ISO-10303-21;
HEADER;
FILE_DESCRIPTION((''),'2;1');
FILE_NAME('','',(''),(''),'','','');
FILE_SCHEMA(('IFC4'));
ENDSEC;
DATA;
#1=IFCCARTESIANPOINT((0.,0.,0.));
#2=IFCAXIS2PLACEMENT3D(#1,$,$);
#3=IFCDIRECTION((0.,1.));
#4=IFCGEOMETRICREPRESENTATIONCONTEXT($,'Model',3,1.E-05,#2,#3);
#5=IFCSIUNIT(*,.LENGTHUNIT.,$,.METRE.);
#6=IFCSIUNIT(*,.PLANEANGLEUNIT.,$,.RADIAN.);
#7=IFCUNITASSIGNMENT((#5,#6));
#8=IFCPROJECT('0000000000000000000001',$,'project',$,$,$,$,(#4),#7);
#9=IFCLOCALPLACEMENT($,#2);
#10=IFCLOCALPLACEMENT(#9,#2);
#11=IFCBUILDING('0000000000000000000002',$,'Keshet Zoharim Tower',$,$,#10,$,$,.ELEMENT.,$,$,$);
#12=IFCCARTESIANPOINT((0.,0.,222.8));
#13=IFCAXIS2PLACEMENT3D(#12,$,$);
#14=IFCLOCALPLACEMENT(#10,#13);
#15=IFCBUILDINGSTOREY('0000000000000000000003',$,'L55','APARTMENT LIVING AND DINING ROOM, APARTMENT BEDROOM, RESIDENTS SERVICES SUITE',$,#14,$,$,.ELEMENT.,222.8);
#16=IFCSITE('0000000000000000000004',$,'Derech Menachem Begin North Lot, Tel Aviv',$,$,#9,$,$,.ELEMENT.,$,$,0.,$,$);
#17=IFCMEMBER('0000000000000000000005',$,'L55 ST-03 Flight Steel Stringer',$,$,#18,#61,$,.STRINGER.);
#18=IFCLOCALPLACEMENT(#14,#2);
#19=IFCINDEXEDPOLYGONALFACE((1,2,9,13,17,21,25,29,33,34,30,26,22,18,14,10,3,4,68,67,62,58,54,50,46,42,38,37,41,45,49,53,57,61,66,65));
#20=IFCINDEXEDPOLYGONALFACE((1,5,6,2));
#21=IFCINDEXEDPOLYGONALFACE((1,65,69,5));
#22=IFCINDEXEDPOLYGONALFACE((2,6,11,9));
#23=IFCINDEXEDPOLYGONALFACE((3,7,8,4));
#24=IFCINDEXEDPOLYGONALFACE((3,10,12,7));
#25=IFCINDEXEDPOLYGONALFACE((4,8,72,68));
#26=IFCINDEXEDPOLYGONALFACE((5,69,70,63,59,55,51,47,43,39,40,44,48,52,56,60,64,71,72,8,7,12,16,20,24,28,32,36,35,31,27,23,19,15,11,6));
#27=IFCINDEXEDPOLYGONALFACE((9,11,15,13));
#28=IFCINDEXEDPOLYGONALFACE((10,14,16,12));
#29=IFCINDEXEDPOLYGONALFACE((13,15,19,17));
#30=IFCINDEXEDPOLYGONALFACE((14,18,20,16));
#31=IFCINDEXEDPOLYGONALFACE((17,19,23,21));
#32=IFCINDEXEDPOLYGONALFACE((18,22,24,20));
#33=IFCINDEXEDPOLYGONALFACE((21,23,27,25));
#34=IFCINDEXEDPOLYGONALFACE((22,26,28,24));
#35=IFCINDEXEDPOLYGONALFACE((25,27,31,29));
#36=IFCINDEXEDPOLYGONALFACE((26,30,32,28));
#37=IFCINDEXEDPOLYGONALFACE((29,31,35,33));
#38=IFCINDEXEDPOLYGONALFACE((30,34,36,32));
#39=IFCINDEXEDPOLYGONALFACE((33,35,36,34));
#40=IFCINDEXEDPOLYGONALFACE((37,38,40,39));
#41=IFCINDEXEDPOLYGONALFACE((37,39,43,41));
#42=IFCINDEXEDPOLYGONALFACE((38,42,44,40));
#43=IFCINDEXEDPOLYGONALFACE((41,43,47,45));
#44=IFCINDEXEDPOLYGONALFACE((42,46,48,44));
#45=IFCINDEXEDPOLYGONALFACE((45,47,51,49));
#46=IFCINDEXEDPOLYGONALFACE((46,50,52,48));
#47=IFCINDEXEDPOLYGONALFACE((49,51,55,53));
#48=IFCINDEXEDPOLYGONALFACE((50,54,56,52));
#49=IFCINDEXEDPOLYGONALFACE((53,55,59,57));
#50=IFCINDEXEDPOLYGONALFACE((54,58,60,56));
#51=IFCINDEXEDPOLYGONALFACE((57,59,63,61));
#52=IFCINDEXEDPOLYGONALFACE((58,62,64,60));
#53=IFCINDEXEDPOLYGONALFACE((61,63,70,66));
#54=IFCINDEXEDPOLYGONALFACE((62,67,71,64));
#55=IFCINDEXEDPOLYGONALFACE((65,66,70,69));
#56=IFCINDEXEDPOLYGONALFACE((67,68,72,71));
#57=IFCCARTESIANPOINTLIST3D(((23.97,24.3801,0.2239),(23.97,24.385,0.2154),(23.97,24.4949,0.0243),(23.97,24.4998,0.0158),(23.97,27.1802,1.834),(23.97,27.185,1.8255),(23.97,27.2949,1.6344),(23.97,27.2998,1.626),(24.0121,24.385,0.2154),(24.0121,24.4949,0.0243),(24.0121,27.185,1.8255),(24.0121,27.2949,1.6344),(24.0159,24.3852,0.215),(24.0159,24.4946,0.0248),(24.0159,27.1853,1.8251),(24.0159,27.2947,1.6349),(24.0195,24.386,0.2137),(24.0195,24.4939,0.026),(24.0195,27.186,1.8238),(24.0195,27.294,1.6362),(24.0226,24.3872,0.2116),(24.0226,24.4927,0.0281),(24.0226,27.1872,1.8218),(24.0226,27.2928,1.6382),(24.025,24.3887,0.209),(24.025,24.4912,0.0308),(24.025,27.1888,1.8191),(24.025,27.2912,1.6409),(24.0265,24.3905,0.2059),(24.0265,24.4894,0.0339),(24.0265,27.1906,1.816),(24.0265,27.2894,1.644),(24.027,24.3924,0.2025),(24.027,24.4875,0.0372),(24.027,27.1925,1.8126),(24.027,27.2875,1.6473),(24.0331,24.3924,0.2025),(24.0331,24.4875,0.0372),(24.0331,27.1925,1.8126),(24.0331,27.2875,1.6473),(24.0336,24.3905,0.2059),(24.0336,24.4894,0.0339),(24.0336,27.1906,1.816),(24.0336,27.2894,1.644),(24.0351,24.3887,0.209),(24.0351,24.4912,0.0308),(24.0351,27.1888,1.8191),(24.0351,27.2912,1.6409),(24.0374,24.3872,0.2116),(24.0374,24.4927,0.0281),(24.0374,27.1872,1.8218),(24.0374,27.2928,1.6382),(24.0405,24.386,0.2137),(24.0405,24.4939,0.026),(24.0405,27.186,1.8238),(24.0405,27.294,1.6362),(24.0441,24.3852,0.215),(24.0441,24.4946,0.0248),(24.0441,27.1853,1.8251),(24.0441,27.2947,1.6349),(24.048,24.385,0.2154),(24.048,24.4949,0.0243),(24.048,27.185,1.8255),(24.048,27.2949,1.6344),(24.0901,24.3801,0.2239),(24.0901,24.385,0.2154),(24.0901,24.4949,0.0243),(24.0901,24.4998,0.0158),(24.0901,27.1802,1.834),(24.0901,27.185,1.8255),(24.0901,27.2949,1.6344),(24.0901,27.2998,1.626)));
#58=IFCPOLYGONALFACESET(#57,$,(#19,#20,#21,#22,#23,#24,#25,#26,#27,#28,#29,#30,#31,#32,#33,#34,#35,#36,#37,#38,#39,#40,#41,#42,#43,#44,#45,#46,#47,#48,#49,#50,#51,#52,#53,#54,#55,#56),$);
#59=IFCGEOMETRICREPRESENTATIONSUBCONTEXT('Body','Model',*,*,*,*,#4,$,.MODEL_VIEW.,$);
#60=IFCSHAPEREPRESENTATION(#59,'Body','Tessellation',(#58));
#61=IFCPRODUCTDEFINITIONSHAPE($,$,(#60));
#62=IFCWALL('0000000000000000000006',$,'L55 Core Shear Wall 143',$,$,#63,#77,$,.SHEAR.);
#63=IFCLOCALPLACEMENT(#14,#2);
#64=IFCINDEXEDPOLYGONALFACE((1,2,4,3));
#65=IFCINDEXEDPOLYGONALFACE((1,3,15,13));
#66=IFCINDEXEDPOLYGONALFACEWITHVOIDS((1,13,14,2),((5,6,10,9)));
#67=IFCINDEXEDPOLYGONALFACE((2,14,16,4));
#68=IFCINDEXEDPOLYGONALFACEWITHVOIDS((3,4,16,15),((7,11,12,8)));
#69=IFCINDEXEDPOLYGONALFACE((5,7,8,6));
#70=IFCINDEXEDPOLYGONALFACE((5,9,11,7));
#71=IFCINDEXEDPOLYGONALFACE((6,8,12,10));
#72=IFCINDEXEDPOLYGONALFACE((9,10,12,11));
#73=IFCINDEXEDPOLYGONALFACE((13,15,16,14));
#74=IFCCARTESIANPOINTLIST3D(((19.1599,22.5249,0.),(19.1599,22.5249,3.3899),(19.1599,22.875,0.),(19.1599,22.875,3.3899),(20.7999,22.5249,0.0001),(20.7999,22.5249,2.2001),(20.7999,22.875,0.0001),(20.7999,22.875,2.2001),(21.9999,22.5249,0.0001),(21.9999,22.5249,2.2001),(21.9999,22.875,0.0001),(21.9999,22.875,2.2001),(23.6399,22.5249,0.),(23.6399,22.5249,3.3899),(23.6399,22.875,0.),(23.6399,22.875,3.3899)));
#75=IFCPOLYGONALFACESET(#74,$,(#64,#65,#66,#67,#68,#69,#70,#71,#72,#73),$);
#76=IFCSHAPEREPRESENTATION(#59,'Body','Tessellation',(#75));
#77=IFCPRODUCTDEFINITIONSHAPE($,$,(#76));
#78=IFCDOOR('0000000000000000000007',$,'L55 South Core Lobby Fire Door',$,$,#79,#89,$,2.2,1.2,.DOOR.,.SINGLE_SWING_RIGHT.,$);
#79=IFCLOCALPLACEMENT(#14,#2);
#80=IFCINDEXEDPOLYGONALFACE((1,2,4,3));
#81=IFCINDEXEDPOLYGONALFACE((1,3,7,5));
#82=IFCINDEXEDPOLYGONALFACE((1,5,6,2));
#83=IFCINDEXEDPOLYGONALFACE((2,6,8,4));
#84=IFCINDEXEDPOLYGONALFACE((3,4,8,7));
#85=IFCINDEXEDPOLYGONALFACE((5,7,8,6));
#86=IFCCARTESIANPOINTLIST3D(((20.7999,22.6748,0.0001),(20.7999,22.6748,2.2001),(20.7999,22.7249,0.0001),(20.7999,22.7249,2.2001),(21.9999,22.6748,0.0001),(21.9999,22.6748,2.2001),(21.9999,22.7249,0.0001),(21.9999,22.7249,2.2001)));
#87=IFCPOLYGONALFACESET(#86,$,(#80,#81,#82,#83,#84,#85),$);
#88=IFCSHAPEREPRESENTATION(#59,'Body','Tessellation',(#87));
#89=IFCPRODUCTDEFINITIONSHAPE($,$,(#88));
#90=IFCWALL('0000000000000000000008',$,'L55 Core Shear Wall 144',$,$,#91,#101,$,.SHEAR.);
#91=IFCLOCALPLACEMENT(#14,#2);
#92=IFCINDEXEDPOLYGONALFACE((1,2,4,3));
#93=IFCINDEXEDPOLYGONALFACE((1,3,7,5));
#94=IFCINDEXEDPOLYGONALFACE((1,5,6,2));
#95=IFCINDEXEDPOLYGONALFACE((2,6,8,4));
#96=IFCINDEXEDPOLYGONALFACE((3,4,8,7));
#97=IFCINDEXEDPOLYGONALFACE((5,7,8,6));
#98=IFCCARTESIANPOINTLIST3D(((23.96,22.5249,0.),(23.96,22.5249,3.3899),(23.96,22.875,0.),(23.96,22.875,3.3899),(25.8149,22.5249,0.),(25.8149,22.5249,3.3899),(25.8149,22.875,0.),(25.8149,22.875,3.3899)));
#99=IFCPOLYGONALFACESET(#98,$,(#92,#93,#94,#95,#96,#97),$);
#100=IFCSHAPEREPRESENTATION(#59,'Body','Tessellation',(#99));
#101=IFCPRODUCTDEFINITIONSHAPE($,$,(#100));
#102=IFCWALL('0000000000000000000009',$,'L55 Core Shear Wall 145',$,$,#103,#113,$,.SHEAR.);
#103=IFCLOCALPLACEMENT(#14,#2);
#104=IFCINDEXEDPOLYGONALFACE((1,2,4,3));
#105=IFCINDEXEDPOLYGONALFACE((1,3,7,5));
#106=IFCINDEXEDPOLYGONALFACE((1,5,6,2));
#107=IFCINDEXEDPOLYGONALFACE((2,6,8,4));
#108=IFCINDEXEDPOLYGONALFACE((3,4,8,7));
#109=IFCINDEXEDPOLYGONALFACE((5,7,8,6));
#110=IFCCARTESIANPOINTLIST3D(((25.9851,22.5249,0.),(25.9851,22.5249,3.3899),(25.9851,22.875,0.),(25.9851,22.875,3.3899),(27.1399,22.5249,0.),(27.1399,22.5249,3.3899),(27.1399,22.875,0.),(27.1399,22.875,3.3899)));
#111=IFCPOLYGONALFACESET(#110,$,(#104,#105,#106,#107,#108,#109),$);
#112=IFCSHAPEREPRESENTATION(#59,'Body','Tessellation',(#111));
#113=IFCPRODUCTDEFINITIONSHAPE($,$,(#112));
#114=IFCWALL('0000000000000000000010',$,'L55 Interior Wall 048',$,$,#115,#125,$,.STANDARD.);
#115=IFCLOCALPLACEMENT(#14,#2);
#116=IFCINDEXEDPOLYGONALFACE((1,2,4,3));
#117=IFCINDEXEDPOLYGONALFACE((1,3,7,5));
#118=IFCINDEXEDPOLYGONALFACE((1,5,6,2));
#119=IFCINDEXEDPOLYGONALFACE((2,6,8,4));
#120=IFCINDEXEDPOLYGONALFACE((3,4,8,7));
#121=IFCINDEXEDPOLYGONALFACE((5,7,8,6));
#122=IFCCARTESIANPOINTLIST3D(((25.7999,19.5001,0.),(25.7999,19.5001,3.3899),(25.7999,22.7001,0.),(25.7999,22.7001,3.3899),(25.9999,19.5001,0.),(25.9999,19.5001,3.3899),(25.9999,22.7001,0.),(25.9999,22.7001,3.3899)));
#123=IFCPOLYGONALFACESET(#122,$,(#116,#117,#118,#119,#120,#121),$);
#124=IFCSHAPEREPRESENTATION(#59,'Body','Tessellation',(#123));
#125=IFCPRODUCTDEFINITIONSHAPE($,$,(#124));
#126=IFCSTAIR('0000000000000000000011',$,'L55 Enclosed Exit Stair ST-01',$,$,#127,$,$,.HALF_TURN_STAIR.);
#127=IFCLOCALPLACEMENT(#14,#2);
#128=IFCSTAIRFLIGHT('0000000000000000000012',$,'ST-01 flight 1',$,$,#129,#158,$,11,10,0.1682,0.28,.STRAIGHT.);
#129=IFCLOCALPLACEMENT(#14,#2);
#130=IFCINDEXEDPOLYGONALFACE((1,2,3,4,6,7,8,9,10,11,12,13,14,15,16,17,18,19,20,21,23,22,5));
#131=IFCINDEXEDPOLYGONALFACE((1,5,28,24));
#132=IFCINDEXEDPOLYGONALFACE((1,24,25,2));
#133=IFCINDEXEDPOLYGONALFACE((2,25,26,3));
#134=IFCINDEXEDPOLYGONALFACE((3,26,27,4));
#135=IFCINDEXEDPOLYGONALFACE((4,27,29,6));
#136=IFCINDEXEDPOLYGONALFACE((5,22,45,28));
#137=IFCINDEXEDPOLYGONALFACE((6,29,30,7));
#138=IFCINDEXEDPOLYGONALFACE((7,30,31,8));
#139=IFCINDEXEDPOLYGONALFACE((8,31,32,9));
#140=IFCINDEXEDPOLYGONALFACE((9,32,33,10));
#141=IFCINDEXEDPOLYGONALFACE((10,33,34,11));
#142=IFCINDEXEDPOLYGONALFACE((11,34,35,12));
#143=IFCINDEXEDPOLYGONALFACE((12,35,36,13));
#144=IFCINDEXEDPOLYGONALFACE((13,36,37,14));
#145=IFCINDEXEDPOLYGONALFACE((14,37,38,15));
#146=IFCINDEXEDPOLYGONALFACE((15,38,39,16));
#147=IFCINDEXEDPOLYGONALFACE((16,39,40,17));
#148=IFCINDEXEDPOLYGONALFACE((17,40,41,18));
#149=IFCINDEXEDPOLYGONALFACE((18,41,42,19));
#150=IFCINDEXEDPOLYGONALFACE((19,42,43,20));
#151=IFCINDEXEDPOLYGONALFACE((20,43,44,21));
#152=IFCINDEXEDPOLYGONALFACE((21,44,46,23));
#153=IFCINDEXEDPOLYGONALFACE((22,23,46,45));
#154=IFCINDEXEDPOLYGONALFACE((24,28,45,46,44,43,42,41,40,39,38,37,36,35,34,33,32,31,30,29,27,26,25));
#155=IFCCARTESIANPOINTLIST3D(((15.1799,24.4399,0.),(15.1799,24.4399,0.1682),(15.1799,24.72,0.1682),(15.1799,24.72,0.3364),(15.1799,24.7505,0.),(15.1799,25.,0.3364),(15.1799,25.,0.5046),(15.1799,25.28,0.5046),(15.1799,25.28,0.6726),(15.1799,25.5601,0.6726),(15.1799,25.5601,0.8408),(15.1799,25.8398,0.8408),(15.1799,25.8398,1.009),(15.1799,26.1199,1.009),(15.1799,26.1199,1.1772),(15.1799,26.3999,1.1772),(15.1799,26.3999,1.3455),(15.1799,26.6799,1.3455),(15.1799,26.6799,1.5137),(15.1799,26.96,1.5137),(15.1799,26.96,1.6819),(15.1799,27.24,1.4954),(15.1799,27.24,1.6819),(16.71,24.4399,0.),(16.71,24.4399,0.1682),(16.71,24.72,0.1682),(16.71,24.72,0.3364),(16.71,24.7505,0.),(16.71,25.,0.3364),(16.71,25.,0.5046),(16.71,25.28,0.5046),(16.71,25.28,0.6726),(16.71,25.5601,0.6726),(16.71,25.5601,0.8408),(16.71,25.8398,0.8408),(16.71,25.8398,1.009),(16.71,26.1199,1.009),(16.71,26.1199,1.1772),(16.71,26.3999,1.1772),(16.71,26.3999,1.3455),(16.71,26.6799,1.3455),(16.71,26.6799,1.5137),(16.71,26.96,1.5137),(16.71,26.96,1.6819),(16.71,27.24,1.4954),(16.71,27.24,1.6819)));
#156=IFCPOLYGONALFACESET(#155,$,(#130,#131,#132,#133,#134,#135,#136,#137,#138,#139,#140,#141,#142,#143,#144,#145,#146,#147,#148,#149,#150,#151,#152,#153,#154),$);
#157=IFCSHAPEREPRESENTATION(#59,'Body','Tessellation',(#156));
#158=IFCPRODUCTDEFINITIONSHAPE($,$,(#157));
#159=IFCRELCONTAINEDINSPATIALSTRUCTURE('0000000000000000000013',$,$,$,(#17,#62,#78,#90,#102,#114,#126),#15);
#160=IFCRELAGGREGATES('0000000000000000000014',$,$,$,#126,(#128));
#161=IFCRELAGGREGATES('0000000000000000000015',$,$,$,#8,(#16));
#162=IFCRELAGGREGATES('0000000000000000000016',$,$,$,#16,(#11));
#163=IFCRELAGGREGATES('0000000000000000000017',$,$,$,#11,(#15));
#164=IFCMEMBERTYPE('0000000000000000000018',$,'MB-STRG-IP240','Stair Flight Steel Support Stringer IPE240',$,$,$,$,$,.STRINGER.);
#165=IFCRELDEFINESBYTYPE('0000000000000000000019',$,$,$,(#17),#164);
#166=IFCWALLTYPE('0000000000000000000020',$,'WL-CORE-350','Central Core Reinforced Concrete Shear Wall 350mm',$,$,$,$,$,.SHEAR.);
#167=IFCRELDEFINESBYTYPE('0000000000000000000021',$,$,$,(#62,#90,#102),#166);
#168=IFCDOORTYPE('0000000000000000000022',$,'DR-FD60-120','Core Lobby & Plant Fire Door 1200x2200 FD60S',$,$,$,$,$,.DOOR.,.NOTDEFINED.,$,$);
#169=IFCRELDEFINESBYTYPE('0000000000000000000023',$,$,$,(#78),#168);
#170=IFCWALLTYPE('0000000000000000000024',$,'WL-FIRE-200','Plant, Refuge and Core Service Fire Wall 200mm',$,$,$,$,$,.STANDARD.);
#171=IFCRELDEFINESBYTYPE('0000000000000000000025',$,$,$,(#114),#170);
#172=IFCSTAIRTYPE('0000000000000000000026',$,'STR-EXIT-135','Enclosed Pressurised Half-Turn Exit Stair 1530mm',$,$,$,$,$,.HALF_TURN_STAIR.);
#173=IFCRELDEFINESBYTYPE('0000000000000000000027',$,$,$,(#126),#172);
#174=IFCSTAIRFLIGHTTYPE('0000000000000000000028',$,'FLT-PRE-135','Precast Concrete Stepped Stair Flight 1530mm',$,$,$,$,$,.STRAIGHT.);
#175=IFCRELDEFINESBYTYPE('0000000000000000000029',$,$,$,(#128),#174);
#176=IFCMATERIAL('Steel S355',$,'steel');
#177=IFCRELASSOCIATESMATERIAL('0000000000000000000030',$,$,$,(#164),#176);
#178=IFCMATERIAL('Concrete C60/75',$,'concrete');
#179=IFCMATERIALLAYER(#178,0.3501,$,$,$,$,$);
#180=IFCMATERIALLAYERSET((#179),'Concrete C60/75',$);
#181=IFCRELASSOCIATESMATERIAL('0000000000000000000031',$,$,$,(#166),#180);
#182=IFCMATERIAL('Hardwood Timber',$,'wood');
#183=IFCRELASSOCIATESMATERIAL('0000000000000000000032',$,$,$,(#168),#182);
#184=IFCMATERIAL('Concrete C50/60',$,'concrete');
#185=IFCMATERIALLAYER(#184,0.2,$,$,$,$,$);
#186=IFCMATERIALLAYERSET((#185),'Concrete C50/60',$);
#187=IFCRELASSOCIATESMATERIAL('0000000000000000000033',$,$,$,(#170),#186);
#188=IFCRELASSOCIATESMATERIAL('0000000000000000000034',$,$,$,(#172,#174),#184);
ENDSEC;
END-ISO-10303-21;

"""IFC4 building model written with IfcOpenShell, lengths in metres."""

from ifc_helpers import new_model, si_unit, direction, frame, frame_2d, origin, origin_2d, place, context, subcontext, project, spatial, polyline, rectangle, i_section, outline, extrude, material, layer, layer_set, material_profile, profile_set, type_object, element, fill, aggregate, save


model = new_model("IFC4")

# Units and contexts
model_context = context("Model", 3, precision=1e-05, world=origin(), true_north=direction((0.0, 1.0)))
body_context = subcontext(model_context, "Body", "Model", "MODEL_VIEW")
ifc_project = project(units=[si_unit("LENGTHUNIT", "METRE"), si_unit("PLANEANGLEUNIT", "RADIAN")], contexts=[model_context])

# Site, building, storey
site_placement = place(None, origin())
site = spatial("IfcSite", under=ifc_project, at=site_placement, Name="Derech Menachem Begin North Lot, Tel Aviv", CompositionType="ELEMENT", RefElevation=0.0)
building_placement = place(site_placement, origin())
building = spatial("IfcBuilding", under=site, at=building_placement, Name="Keshet Zoharim Tower", CompositionType="ELEMENT")
storey_placement = place(building_placement, frame((0.0, 0.0, 222.8)))
storey = spatial("IfcBuildingStorey", under=building, at=storey_placement, Name="L55", Description="APARTMENT LIVING AND DINING ROOM, APARTMENT BEDROOM, RESIDENTS SERVICES SUITE", CompositionType="ELEMENT", Elevation=222.8)

# Member
ifc_material_1 = material(Name="Steel S355", Category="steel")
ifc_material_profile = material_profile(ifc_material_1, i_section(OverallWidth=0.1201, OverallDepth=0.24, WebThickness=0.0061, FlangeThickness=0.0098, FilletRadius=0.0149, at=origin_2d()), Name="IPE240")
ifc_profile_set = profile_set([ifc_material_profile], Name="Steel S355")
member_type = type_object("IfcMemberType", Name="MB-STRG-IP240", Description="Stair Flight Steel Support Stringer IPE240", PredefinedType="STRINGER", material=ifc_profile_set)
member_placement = place(storey_placement, frame((24.03, 24.4399, 0.1199), z_axis=(0.0, 0.866896, 0.49849), x_axis=(-1.0, 0.0, 0.0)))
element("IfcMember", 1, at=member_placement, inside=storey, type_object=member_type, Name="L55 ST-03 Flight Steel Stringer", PredefinedType="STRINGER", context=body_context, shape_type="SweptSolid", body=[
    extrude(i_section(OverallWidth=0.1201, OverallDepth=0.24, WebThickness=0.0061, FlangeThickness=0.0098, FilletRadius=0.0149, at=origin_2d()), origin(), (0.0, 0.0, 1.0), 3.23),
])

# Wall, opening, door
ifc_material_2 = material(Name="Concrete C60/75", Category="concrete")
ifc_layer_1 = layer(ifc_material_2, 0.3501)
ifc_layer_set_1 = layer_set([ifc_layer_1], Name="Concrete C60/75")
wall_type_1 = type_object("IfcWallType", Name="WL-CORE-350", Description="Central Core Reinforced Concrete Shear Wall 350mm", PredefinedType="SHEAR", material=ifc_layer_set_1)
ifc_material_3 = material(Name="Hardwood Timber", Category="wood")
wall_1_placement = place(storey_placement, frame((19.1599, 22.7, 0.0), z_axis=(0.0, 0.0, 1.0), x_axis=(1.0, 0.0, 0.0)))
wall_1 = element("IfcWall", 2, at=wall_1_placement, inside=storey, type_object=wall_type_1, Name="L55 Core Shear Wall 143", PredefinedType="SHEAR", context=body_context, shape_type="SweptSolid", body=[
    extrude(rectangle(XDim=4.48, YDim=0.3501, at=frame_2d((2.24, 0.0))), origin(), (0.0, 0.0, 1.0), 3.3899),
])
opening_1_placement = place(wall_1_placement, frame((1.6399, 0.0, 0.0)))
opening_1 = element("IfcOpeningElement", 3, at=opening_1_placement, cuts=wall_1, PredefinedType="OPENING", context=body_context, shape_type="SweptSolid", body=[
    extrude(rectangle(XDim=1.2, YDim=2.2, at=frame_2d((0.6001, 1.1001))), frame((0.0, 0.1851, 0.0), z_axis=(0.0, -1.0, 0.0), x_axis=(1.0, 0.0, 0.0)), (0.0, 0.0, 1.0), 0.3701),
])
door_type_1 = type_object("IfcDoorType", Name="DR-FD60-120", Description="Core Lobby & Plant Fire Door 1200x2200 FD60S", OperationType="NOTDEFINED", PredefinedType="DOOR", material=ifc_material_3)
door_1_placement = place(opening_1_placement, origin())
door_1 = element("IfcDoor", 4, at=door_1_placement, inside=storey, type_object=door_type_1, Name="L55 South Core Lobby Fire Door", OperationType="SINGLE_SWING_RIGHT", OverallHeight=2.2, OverallWidth=1.2, PredefinedType="DOOR", context=body_context, shape_type="SweptSolid", body=[
    extrude(rectangle(XDim=1.2, YDim=2.2, at=frame_2d((0.6001, 1.1001))), frame((0.0, 0.0249, 0.0), z_axis=(0.0, -1.0, 0.0), x_axis=(1.0, 0.0, 0.0)), (0.0, 0.0, 1.0), 0.05),
])
fill(opening_1, door_1)

# Walls
wall_2_placement = place(storey_placement, frame((23.96, 22.7, 0.0), z_axis=(0.0, 0.0, 1.0), x_axis=(1.0, 0.0, 0.0)))
element("IfcWall", 5, at=wall_2_placement, inside=storey, type_object=wall_type_1, Name="L55 Core Shear Wall 144", PredefinedType="SHEAR", context=body_context, shape_type="SweptSolid", body=[
    extrude(rectangle(XDim=1.855, YDim=0.3501, at=frame_2d((0.9275, 0.0))), origin(), (0.0, 0.0, 1.0), 3.3899),
])
wall_3_placement = place(storey_placement, frame((25.9851, 22.7, 0.0), z_axis=(0.0, 0.0, 1.0), x_axis=(1.0, 0.0, 0.0)))
element("IfcWall", 6, at=wall_3_placement, inside=storey, type_object=wall_type_1, Name="L55 Core Shear Wall 145", PredefinedType="SHEAR", context=body_context, shape_type="SweptSolid", body=[
    extrude(rectangle(XDim=1.1548, YDim=0.3501, at=frame_2d((0.5774, 0.0))), origin(), (0.0, 0.0, 1.0), 3.3899),
])
ifc_material_4 = material(Name="Concrete C50/60", Category="concrete")
ifc_layer_2 = layer(ifc_material_4, 0.2)
ifc_layer_set_2 = layer_set([ifc_layer_2], Name="Concrete C50/60")
wall_type_2 = type_object("IfcWallType", Name="WL-FIRE-200", Description="Plant, Refuge and Core Service Fire Wall 200mm", PredefinedType="STANDARD", material=ifc_layer_set_2)
wall_4_placement = place(storey_placement, frame((25.8999, 19.5, 0.0), z_axis=(0.0, 0.0, 1.0), x_axis=(0.0, 1.0, 0.0)))
element("IfcWall", 7, at=wall_4_placement, inside=storey, type_object=wall_type_2, Name="L55 Interior Wall 048", PredefinedType="STANDARD", context=body_context, shape_type="SweptSolid", body=[
    extrude(rectangle(XDim=3.2, YDim=0.2, at=frame_2d((1.6001, 0.0))), origin(), (0.0, 0.0, 1.0), 3.3899),
])

# Stair, stair flight
stair_type = type_object("IfcStairType", Name="STR-EXIT-135", Description="Enclosed Pressurised Half-Turn Exit Stair 1530mm", PredefinedType="HALF_TURN_STAIR", material=ifc_material_4)
stair_1_placement = place(storey_placement, origin())
stair_1 = element("IfcStair", 8, at=stair_1_placement, inside=storey, type_object=stair_type, Name="L55 Enclosed Exit Stair ST-01", PredefinedType="HALF_TURN_STAIR")
stair_flight_type_1 = type_object("IfcStairFlightType", Name="FLT-PRE-135", Description="Precast Concrete Stepped Stair Flight 1530mm", PredefinedType="STRAIGHT", material=ifc_material_4)
stair_flight_1_placement = place(storey_placement, frame((15.9451, 24.4399, 0.0), z_axis=(0.0, 0.0, 1.0), x_axis=(0.0, 1.0, 0.0)))
stair_flight_1 = element("IfcStairFlight", 9, at=stair_flight_1_placement, type_object=stair_flight_type_1, Name="ST-01 flight 1", NumberOfRisers=11, NumberOfTreads=10, PredefinedType="STRAIGHT", RiserHeight=0.1682, TreadLength=0.28, context=body_context, shape_type="SweptSolid", body=[
    extrude(outline(polyline([(0.0, 0.0), (0.0, 0.1682), (0.28, 0.1682), (0.28, 0.3364), (0.5601, 0.3364), (0.5601, 0.5046), (0.8401, 0.5046), (0.8401, 0.6726), (1.1201, 0.6726), (1.1201, 0.8408), (1.3999, 0.8408), (1.3999, 1.009), (1.6799, 1.009), (1.6799, 1.1772), (1.96, 1.1772), (1.96, 1.3455), (2.24, 1.3455), (2.24, 1.5137), (2.52, 1.5137), (2.52, 1.6819), (2.8, 1.6819), (2.8, 1.8501), (2.8, 1.4954), (0.3105, 0.0), (0.0, 0.0)])), frame((0.0, 0.7651, 0.0), z_axis=(0.0, -1.0, 0.0), x_axis=(1.0, 0.0, 0.0)), (0.0, 0.0, 1.0), 1.53),
])
aggregate(stair_1, [stair_flight_1])

save(model, "model.ifc")
